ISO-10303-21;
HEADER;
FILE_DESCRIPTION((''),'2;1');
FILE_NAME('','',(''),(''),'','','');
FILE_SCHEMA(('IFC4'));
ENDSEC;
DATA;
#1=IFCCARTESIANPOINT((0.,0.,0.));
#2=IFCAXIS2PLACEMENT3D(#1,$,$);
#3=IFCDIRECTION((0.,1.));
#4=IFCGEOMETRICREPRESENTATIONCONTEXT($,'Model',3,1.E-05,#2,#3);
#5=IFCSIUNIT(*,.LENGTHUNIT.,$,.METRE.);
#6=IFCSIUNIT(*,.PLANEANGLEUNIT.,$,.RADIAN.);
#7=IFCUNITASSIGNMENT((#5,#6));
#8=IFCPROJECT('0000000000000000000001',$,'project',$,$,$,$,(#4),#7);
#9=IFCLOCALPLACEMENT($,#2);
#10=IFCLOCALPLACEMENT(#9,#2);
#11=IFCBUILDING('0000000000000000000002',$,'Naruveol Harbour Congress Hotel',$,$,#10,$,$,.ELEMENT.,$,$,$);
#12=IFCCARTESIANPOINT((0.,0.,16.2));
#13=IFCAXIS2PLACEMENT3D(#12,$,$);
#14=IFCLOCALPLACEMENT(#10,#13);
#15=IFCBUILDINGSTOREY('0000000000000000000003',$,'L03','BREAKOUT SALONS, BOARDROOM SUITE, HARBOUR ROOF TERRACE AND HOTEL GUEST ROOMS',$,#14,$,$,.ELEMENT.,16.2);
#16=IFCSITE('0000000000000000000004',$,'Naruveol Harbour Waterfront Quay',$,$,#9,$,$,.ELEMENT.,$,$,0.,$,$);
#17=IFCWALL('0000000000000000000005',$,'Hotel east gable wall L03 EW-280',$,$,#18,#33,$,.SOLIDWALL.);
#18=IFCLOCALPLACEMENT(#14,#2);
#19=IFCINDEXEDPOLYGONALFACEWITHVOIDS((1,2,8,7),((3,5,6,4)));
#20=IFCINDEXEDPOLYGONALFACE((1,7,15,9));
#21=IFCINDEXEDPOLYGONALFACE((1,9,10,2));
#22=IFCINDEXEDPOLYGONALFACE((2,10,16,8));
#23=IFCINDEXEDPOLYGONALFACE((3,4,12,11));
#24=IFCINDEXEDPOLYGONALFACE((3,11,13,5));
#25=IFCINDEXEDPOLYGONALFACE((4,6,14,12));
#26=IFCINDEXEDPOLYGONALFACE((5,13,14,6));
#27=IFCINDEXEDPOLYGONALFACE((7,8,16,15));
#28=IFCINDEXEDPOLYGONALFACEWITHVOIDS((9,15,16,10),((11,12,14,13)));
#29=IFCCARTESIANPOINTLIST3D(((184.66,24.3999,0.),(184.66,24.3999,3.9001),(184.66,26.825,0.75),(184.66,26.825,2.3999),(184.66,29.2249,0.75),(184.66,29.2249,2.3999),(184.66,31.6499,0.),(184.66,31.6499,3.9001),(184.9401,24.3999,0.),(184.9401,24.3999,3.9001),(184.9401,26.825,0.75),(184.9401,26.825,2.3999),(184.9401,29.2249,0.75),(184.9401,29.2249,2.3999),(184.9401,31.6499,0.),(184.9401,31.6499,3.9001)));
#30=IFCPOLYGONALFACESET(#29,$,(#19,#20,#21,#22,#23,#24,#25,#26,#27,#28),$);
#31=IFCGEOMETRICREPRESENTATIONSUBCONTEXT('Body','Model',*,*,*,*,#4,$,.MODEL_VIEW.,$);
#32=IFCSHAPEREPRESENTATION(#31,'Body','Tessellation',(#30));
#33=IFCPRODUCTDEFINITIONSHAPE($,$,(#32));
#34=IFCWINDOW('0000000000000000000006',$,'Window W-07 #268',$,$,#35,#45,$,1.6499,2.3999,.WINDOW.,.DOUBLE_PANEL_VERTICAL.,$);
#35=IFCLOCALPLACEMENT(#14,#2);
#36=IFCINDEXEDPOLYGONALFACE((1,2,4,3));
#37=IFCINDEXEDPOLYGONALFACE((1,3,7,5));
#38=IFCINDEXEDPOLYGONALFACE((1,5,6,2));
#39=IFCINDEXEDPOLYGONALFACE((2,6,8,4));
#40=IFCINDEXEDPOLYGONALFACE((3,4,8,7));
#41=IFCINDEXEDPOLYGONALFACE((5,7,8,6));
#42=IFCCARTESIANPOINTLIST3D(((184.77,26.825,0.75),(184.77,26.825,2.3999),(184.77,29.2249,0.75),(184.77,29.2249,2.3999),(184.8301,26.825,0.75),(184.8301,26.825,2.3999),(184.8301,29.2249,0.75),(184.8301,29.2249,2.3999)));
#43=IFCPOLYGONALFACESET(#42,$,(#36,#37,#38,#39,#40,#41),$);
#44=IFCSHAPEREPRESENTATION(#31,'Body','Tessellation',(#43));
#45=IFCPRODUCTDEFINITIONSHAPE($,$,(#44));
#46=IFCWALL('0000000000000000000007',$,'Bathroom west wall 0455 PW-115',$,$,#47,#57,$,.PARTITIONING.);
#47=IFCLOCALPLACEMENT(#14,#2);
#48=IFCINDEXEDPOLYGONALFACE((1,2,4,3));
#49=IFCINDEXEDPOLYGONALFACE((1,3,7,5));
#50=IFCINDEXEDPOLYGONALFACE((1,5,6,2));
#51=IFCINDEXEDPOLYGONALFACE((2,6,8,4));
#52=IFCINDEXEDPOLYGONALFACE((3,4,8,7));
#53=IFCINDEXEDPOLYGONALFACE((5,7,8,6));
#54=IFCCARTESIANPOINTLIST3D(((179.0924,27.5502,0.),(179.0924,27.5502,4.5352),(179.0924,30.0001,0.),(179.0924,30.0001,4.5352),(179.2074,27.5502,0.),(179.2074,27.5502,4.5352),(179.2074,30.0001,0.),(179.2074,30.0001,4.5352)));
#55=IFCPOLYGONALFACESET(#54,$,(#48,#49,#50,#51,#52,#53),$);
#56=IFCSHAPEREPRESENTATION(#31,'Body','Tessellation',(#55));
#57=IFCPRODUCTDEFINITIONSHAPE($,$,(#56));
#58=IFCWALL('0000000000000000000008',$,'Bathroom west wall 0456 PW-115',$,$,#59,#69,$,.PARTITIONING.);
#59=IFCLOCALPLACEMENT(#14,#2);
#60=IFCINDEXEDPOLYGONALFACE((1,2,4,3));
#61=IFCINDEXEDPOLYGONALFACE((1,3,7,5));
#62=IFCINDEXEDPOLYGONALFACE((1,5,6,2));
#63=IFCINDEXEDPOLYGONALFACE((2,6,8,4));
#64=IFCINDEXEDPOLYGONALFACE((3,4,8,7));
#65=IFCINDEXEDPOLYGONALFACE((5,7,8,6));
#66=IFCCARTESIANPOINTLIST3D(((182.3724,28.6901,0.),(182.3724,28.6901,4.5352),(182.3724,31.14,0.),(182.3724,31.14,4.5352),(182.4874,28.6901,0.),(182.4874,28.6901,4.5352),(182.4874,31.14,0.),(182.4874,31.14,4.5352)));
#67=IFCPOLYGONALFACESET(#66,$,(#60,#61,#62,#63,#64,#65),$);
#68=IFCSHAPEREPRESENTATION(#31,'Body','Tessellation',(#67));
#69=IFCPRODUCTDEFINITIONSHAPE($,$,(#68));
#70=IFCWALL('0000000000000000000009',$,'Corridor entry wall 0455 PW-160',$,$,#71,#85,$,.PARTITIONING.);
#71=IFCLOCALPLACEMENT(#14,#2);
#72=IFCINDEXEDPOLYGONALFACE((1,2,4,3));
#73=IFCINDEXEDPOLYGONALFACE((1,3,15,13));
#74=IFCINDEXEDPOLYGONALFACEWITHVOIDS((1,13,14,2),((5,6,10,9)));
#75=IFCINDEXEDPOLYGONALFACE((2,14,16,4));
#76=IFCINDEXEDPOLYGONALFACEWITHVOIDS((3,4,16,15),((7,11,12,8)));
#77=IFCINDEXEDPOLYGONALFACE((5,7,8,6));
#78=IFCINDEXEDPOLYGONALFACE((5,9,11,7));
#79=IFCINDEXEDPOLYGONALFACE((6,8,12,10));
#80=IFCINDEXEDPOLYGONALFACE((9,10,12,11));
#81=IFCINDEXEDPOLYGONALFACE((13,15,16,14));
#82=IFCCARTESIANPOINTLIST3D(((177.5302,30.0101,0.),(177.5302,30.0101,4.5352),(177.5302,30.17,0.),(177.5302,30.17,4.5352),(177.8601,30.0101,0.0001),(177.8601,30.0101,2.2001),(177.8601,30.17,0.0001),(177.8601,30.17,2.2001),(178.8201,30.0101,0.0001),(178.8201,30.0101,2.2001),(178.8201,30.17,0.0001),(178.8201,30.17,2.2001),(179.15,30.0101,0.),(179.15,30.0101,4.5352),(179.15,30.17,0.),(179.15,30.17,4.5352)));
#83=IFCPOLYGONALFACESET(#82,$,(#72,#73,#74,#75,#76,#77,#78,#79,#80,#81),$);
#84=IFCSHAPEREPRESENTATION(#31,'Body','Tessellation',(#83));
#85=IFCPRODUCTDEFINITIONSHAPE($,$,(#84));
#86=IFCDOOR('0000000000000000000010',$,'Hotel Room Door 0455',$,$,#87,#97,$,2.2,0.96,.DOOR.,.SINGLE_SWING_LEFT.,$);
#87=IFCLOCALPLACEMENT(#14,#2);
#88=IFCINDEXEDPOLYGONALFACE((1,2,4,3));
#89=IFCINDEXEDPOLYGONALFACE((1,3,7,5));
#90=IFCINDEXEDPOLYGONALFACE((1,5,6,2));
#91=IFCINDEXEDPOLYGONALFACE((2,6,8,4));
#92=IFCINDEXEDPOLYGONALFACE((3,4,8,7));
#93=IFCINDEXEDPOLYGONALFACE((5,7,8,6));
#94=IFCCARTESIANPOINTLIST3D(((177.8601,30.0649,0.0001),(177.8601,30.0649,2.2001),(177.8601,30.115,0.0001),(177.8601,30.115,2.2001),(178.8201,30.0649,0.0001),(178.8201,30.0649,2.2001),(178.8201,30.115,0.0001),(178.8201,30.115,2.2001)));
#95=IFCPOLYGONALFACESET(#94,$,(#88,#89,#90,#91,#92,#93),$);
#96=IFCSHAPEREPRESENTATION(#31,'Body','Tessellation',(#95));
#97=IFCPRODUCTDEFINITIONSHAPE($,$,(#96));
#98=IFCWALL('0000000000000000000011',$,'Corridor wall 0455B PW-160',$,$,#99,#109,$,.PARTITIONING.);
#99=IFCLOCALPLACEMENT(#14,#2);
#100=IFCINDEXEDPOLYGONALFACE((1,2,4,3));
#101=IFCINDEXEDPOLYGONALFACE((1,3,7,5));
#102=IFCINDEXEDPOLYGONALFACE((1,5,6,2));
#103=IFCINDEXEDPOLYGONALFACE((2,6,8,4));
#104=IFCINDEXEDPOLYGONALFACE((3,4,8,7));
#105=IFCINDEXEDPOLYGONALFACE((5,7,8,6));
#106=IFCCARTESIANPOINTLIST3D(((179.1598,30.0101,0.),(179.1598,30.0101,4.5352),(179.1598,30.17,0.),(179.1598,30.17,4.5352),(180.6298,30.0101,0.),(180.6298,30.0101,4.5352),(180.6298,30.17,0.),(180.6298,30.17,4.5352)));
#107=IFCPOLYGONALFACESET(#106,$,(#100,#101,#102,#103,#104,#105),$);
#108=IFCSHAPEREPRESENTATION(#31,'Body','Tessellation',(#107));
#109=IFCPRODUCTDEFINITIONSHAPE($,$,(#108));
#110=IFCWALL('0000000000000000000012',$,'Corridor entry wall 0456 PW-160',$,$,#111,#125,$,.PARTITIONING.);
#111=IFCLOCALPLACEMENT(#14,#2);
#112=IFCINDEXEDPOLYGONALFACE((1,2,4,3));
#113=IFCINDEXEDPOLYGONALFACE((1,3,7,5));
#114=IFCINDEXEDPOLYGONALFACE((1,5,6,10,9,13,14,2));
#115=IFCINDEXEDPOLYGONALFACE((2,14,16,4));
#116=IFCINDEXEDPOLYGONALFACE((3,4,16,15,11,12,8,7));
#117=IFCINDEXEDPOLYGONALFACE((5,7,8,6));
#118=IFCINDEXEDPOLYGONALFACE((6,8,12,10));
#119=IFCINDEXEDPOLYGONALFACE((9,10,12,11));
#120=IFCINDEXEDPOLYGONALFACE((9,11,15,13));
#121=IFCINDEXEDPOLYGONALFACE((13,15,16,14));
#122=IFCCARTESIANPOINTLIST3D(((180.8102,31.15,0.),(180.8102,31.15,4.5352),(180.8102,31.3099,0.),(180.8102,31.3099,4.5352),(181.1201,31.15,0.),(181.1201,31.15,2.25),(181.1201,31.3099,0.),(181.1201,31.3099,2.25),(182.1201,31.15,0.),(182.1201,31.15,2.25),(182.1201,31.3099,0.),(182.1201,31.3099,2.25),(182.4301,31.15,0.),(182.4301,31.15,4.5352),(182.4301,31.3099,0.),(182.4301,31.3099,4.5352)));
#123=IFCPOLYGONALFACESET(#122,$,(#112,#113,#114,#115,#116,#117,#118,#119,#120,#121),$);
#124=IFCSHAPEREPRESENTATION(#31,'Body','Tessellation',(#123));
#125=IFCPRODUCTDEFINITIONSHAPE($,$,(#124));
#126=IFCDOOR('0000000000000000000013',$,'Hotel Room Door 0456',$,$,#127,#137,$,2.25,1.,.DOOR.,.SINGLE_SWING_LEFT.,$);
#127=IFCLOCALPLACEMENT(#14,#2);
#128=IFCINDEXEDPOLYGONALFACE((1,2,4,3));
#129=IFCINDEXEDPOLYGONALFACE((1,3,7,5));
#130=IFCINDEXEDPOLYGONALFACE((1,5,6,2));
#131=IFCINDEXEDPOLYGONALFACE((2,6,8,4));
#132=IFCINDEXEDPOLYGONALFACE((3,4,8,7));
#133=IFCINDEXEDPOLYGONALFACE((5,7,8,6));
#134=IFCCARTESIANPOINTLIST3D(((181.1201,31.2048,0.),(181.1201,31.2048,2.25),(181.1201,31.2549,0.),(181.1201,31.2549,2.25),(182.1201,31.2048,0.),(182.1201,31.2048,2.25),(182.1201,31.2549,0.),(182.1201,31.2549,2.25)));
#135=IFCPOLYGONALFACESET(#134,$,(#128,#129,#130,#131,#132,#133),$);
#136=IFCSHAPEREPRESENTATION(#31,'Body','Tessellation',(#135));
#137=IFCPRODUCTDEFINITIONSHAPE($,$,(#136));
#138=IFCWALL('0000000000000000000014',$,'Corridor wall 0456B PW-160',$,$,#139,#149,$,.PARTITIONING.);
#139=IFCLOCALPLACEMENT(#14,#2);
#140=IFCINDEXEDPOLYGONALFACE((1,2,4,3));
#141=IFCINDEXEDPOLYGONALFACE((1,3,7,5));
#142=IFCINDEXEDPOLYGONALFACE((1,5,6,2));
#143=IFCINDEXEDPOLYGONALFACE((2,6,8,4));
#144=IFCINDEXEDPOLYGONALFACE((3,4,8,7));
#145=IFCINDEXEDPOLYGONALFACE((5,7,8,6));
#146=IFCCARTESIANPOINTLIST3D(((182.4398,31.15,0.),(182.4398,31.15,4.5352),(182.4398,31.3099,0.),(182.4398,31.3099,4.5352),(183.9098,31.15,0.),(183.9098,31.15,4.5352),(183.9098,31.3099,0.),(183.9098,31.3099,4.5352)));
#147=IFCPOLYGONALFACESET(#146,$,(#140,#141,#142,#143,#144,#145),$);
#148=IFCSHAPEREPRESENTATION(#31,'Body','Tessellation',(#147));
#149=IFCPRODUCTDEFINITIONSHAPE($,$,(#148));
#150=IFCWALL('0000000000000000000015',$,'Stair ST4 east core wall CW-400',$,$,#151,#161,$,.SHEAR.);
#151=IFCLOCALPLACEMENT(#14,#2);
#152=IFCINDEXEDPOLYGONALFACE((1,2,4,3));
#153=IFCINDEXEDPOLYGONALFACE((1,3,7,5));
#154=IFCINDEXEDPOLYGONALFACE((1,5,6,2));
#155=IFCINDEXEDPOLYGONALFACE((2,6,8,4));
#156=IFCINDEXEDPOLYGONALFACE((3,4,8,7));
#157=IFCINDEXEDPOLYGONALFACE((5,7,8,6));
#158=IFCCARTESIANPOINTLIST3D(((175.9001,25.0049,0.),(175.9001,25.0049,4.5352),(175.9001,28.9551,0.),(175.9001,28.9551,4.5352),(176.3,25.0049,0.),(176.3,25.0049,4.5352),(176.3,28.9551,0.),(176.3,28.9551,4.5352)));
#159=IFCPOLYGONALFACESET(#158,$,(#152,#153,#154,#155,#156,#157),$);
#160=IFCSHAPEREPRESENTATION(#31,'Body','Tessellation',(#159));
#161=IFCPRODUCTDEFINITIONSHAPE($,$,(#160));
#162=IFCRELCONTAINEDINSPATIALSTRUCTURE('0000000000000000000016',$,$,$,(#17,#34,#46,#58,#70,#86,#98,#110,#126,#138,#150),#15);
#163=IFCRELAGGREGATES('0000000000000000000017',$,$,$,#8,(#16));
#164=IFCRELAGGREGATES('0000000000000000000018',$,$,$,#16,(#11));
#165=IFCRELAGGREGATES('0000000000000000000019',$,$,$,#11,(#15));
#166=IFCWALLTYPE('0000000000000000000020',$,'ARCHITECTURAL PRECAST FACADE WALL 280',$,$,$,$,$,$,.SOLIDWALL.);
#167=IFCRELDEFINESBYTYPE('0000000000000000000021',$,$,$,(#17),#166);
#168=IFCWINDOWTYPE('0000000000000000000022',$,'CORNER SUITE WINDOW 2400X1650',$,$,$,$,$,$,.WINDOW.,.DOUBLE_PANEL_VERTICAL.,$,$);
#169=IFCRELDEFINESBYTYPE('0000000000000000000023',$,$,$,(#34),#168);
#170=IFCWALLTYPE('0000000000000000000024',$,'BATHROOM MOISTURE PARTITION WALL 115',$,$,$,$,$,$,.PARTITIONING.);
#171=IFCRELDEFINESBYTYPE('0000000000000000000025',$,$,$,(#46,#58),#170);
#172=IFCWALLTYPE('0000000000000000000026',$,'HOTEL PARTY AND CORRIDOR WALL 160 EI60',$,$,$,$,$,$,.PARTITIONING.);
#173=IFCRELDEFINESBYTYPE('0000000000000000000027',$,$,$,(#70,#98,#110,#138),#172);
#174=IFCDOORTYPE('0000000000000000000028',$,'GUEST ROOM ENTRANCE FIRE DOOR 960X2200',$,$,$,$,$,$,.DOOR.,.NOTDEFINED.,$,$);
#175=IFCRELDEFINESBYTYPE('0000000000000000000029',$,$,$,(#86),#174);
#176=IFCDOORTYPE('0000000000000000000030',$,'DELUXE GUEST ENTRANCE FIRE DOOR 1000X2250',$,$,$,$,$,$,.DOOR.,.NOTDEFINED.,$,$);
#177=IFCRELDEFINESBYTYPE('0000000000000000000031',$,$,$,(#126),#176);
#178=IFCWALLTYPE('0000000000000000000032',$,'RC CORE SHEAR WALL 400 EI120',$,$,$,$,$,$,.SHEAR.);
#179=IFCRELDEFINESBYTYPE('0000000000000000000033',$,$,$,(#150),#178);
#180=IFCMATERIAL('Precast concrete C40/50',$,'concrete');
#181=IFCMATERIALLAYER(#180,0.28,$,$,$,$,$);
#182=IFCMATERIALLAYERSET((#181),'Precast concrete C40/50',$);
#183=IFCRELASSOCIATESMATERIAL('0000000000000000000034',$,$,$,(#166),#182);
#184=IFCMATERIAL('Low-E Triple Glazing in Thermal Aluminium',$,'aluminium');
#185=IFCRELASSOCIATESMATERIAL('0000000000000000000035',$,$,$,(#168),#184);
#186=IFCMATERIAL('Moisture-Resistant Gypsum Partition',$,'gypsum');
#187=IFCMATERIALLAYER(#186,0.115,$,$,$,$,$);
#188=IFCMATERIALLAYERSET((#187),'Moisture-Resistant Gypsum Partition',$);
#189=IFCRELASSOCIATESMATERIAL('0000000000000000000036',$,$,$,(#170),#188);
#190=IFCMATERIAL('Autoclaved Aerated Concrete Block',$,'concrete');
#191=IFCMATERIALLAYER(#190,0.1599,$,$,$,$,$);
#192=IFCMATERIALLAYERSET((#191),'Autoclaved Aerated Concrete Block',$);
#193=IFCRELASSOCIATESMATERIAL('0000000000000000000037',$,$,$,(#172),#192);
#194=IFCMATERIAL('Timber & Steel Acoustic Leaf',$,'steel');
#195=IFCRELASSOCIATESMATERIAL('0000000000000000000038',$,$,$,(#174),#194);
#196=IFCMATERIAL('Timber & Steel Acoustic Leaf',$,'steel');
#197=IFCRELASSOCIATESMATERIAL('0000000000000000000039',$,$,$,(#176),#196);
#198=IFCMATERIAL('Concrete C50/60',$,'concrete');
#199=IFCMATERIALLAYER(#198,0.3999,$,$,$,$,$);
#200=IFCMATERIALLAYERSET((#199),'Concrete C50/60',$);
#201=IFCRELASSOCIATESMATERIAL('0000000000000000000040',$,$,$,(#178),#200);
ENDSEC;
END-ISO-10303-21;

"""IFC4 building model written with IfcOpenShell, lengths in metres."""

from ifc_helpers import new_model, si_unit, direction, frame, frame_2d, origin, place, context, subcontext, project, spatial, rectangle, extrude, material, layer, layer_set, type_object, element, fill, save


model = new_model("IFC4")

# Units and contexts
model_context = context("Model", 3, precision=1e-05, world=origin(), true_north=direction((0.0, 1.0)))
body_context = subcontext(model_context, "Body", "Model", "MODEL_VIEW")
ifc_project = project(units=[si_unit("LENGTHUNIT", "METRE"), si_unit("PLANEANGLEUNIT", "RADIAN")], contexts=[model_context])

# Site, building, storey
site_placement = place(None, origin())
site = spatial("IfcSite", under=ifc_project, at=site_placement, Name="Naruveol Harbour Waterfront Quay", CompositionType="ELEMENT", RefElevation=0.0)
building_placement = place(site_placement, origin())
building = spatial("IfcBuilding", under=site, at=building_placement, Name="Naruveol Harbour Congress Hotel", CompositionType="ELEMENT")
storey_placement = place(building_placement, frame((0.0, 0.0, 16.2)))
storey = spatial("IfcBuildingStorey", under=building, at=storey_placement, Name="L03", Description="BREAKOUT SALONS, BOARDROOM SUITE, HARBOUR ROOF TERRACE AND HOTEL GUEST ROOMS", CompositionType="ELEMENT", Elevation=16.2)

# Wall, opening, window
ifc_material_1 = material(Name="Precast concrete C40/50", Category="concrete")
ifc_layer_1 = layer(ifc_material_1, 0.28)
ifc_layer_set_1 = layer_set([ifc_layer_1], Name="Precast concrete C40/50")
wall_type_1 = type_object("IfcWallType", Name="ARCHITECTURAL PRECAST FACADE WALL 280", PredefinedType="SOLIDWALL", material=ifc_layer_set_1)
wall_1_placement = place(storey_placement, frame((184.8, 31.6499, 0.0), z_axis=(0.0, 0.0, 1.0), x_axis=(0.0, -1.0, 0.0)))
wall_1 = element("IfcWall", 1, at=wall_1_placement, inside=storey, type_object=wall_type_1, Name="Hotel east gable wall L03 EW-280", PredefinedType="SOLIDWALL", context=body_context, shape_type="SweptSolid", body=[
    extrude(rectangle(XDim=7.25, YDim=0.28, at=frame_2d((3.625, 0.0))), origin(), (0.0, 0.0, 1.0), 3.9001),
])
opening_1_placement = place(wall_1_placement, frame((2.425, 0.0, 0.75)))
opening_1 = element("IfcOpeningElement", 2, at=opening_1_placement, cuts=wall_1, PredefinedType="OPENING", context=body_context, shape_type="SweptSolid", body=[
    extrude(rectangle(XDim=2.3999, YDim=1.6499, at=frame_2d((1.2, 0.825))), frame((0.0, 0.1499, 0.0), z_axis=(0.0, -1.0, 0.0), x_axis=(1.0, 0.0, 0.0)), (0.0, 0.0, 1.0), 0.3),
])
ifc_material_2 = material(Name="Low-E Triple Glazing in Thermal Aluminium", Category="aluminium")
window_type = type_object("IfcWindowType", Name="CORNER SUITE WINDOW 2400X1650", PartitioningType="DOUBLE_PANEL_VERTICAL", PredefinedType="WINDOW", material=ifc_material_2)
window_placement = place(opening_1_placement, origin())
window = element("IfcWindow", 3, at=window_placement, inside=storey, type_object=window_type, Name="Window W-07 #268", OverallHeight=1.6499, OverallWidth=2.3999, PartitioningType="DOUBLE_PANEL_VERTICAL", PredefinedType="WINDOW", context=body_context, shape_type="SweptSolid", body=[
    extrude(rectangle(XDim=2.3999, YDim=1.6499, at=frame_2d((1.2, 0.825))), frame((0.0, 0.03, 0.0), z_axis=(0.0, -1.0, 0.0), x_axis=(1.0, 0.0, 0.0)), (0.0, 0.0, 1.0), 0.0601),
])
fill(opening_1, window)

# Wall
ifc_material_3 = material(Name="Moisture-Resistant Gypsum Partition", Category="gypsum")
ifc_layer_2 = layer(ifc_material_3, 0.115)
ifc_layer_set_2 = layer_set([ifc_layer_2], Name="Moisture-Resistant Gypsum Partition")
wall_type_2 = type_object("IfcWallType", Name="BATHROOM MOISTURE PARTITION WALL 115", PredefinedType="PARTITIONING", material=ifc_layer_set_2)
wall_2_placement = place(storey_placement, frame((179.1499, 27.55, 0.0), z_axis=(0.0, 0.0, 1.0), x_axis=(0.0, 1.0, 0.0)))
element("IfcWall", 4, at=wall_2_placement, inside=storey, type_object=wall_type_2, Name="Bathroom west wall 0455 PW-115", PredefinedType="PARTITIONING", context=body_context, shape_type="SweptSolid", body=[
    extrude(rectangle(XDim=2.45, YDim=0.115, at=frame_2d((1.2251, 0.0))), origin(), (0.0, 0.0, 1.0), 4.5352),
])

# Wall
wall_3_placement = place(storey_placement, frame((182.4299, 28.6899, 0.0), z_axis=(0.0, 0.0, 1.0), x_axis=(0.0, 1.0, 0.0)))
element("IfcWall", 5, at=wall_3_placement, inside=storey, type_object=wall_type_2, Name="Bathroom west wall 0456 PW-115", PredefinedType="PARTITIONING", context=body_context, shape_type="SweptSolid", body=[
    extrude(rectangle(XDim=2.45, YDim=0.115, at=frame_2d((1.2251, 0.0))), origin(), (0.0, 0.0, 1.0), 4.5352),
])

# Wall, opening, door
ifc_material_4 = material(Name="Autoclaved Aerated Concrete Block", Category="concrete")
ifc_layer_3 = layer(ifc_material_4, 0.1599)
ifc_layer_set_3 = layer_set([ifc_layer_3], Name="Autoclaved Aerated Concrete Block")
wall_type_3 = type_object("IfcWallType", Name="HOTEL PARTY AND CORRIDOR WALL 160 EI60", PredefinedType="PARTITIONING", material=ifc_layer_set_3)
wall_4_placement = place(storey_placement, frame((177.53, 30.0901, 0.0), z_axis=(0.0, 0.0, 1.0), x_axis=(1.0, 0.0, 0.0)))
wall_4 = element("IfcWall", 6, at=wall_4_placement, inside=storey, type_object=wall_type_3, Name="Corridor entry wall 0455 PW-160", PredefinedType="PARTITIONING", context=body_context, shape_type="SweptSolid", body=[
    extrude(rectangle(XDim=1.6199, YDim=0.1599, at=frame_2d((0.8101, 0.0))), origin(), (0.0, 0.0, 1.0), 4.5352),
])
opening_2_placement = place(wall_4_placement, frame((0.3301, 0.0, 0.0)))
opening_2 = element("IfcOpeningElement", 7, at=opening_2_placement, cuts=wall_4, PredefinedType="OPENING", context=body_context, shape_type="SweptSolid", body=[
    extrude(rectangle(XDim=0.96, YDim=2.2, at=frame_2d((0.48, 1.1001))), frame((0.0, 0.0898, 0.0), z_axis=(0.0, -1.0, 0.0), x_axis=(1.0, 0.0, 0.0)), (0.0, 0.0, 1.0), 0.1799),
])
ifc_material_5 = material(Name="Timber & Steel Acoustic Leaf", Category="steel")
door_type_1 = type_object("IfcDoorType", Name="GUEST ROOM ENTRANCE FIRE DOOR 960X2200", OperationType="NOTDEFINED", PredefinedType="DOOR", material=ifc_material_5)
door_1_placement = place(opening_2_placement, origin())
door_1 = element("IfcDoor", 8, at=door_1_placement, inside=storey, type_object=door_type_1, Name="Hotel Room Door 0455", OperationType="SINGLE_SWING_LEFT", OverallHeight=2.2, OverallWidth=0.96, PredefinedType="DOOR", context=body_context, shape_type="SweptSolid", body=[
    extrude(rectangle(XDim=0.96, YDim=2.2, at=frame_2d((0.48, 1.1001))), frame((0.0, 0.0249, 0.0), z_axis=(0.0, -1.0, 0.0), x_axis=(1.0, 0.0, 0.0)), (0.0, 0.0, 1.0), 0.05),
])
fill(opening_2, door_1)

# Wall
wall_5_placement = place(storey_placement, frame((179.1599, 30.0901, 0.0), z_axis=(0.0, 0.0, 1.0), x_axis=(1.0, 0.0, 0.0)))
element("IfcWall", 9, at=wall_5_placement, inside=storey, type_object=wall_type_3, Name="Corridor wall 0455B PW-160", PredefinedType="PARTITIONING", context=body_context, shape_type="SweptSolid", body=[
    extrude(rectangle(XDim=1.47, YDim=0.1599, at=frame_2d((0.7349, 0.0))), origin(), (0.0, 0.0, 1.0), 4.5352),
])

# Wall, opening, door
wall_6_placement = place(storey_placement, frame((180.8101, 31.23, 0.0), z_axis=(0.0, 0.0, 1.0), x_axis=(1.0, 0.0, 0.0)))
wall_6 = element("IfcWall", 10, at=wall_6_placement, inside=storey, type_object=wall_type_3, Name="Corridor entry wall 0456 PW-160", PredefinedType="PARTITIONING", context=body_context, shape_type="SweptSolid", body=[
    extrude(rectangle(XDim=1.6199, YDim=0.1599, at=frame_2d((0.8101, 0.0))), origin(), (0.0, 0.0, 1.0), 4.5352),
])
opening_3_placement = place(wall_6_placement, frame((0.3101, 0.0, 0.0)))
opening_3 = element("IfcOpeningElement", 11, at=opening_3_placement, cuts=wall_6, PredefinedType="OPENING", context=body_context, shape_type="SweptSolid", body=[
    extrude(rectangle(XDim=1.0, YDim=2.25, at=frame_2d((0.5, 1.125))), frame((0.0, 0.0898, 0.0), z_axis=(0.0, -1.0, 0.0), x_axis=(1.0, 0.0, 0.0)), (0.0, 0.0, 1.0), 0.1799),
])
ifc_material_6 = material(Name="Timber & Steel Acoustic Leaf", Category="steel")
door_type_2 = type_object("IfcDoorType", Name="DELUXE GUEST ENTRANCE FIRE DOOR 1000X2250", OperationType="NOTDEFINED", PredefinedType="DOOR", material=ifc_material_6)
door_2_placement = place(opening_3_placement, origin())
door_2 = element("IfcDoor", 12, at=door_2_placement, inside=storey, type_object=door_type_2, Name="Hotel Room Door 0456", OperationType="SINGLE_SWING_LEFT", OverallHeight=2.25, OverallWidth=1.0, PredefinedType="DOOR", context=body_context, shape_type="SweptSolid", body=[
    extrude(rectangle(XDim=1.0, YDim=2.25, at=frame_2d((0.5, 1.125))), frame((0.0, 0.0249, 0.0), z_axis=(0.0, -1.0, 0.0), x_axis=(1.0, 0.0, 0.0)), (0.0, 0.0, 1.0), 0.05),
])
fill(opening_3, door_2)

# Walls
wall_7_placement = place(storey_placement, frame((182.4399, 31.23, 0.0), z_axis=(0.0, 0.0, 1.0), x_axis=(1.0, 0.0, 0.0)))
element("IfcWall", 13, at=wall_7_placement, inside=storey, type_object=wall_type_3, Name="Corridor wall 0456B PW-160", PredefinedType="PARTITIONING", context=body_context, shape_type="SweptSolid", body=[
    extrude(rectangle(XDim=1.47, YDim=0.1599, at=frame_2d((0.7349, 0.0))), origin(), (0.0, 0.0, 1.0), 4.5352),
])
ifc_material_7 = material(Name="Concrete C50/60", Category="concrete")
ifc_layer_4 = layer(ifc_material_7, 0.3999)
ifc_layer_set_4 = layer_set([ifc_layer_4], Name="Concrete C50/60")
wall_type_4 = type_object("IfcWallType", Name="RC CORE SHEAR WALL 400 EI120", PredefinedType="SHEAR", material=ifc_layer_set_4)
wall_8_placement = place(storey_placement, frame((176.1001, 25.0049, 0.0), z_axis=(0.0, 0.0, 1.0), x_axis=(0.0, 1.0, 0.0)))
element("IfcWall", 14, at=wall_8_placement, inside=storey, type_object=wall_type_4, Name="Stair ST4 east core wall CW-400", PredefinedType="SHEAR", context=body_context, shape_type="SweptSolid", body=[
    extrude(rectangle(XDim=3.9502, YDim=0.3999, at=frame_2d((1.9751, 0.0))), origin(), (0.0, 0.0, 1.0), 4.5352),
])

save(model, "model.ifc")
